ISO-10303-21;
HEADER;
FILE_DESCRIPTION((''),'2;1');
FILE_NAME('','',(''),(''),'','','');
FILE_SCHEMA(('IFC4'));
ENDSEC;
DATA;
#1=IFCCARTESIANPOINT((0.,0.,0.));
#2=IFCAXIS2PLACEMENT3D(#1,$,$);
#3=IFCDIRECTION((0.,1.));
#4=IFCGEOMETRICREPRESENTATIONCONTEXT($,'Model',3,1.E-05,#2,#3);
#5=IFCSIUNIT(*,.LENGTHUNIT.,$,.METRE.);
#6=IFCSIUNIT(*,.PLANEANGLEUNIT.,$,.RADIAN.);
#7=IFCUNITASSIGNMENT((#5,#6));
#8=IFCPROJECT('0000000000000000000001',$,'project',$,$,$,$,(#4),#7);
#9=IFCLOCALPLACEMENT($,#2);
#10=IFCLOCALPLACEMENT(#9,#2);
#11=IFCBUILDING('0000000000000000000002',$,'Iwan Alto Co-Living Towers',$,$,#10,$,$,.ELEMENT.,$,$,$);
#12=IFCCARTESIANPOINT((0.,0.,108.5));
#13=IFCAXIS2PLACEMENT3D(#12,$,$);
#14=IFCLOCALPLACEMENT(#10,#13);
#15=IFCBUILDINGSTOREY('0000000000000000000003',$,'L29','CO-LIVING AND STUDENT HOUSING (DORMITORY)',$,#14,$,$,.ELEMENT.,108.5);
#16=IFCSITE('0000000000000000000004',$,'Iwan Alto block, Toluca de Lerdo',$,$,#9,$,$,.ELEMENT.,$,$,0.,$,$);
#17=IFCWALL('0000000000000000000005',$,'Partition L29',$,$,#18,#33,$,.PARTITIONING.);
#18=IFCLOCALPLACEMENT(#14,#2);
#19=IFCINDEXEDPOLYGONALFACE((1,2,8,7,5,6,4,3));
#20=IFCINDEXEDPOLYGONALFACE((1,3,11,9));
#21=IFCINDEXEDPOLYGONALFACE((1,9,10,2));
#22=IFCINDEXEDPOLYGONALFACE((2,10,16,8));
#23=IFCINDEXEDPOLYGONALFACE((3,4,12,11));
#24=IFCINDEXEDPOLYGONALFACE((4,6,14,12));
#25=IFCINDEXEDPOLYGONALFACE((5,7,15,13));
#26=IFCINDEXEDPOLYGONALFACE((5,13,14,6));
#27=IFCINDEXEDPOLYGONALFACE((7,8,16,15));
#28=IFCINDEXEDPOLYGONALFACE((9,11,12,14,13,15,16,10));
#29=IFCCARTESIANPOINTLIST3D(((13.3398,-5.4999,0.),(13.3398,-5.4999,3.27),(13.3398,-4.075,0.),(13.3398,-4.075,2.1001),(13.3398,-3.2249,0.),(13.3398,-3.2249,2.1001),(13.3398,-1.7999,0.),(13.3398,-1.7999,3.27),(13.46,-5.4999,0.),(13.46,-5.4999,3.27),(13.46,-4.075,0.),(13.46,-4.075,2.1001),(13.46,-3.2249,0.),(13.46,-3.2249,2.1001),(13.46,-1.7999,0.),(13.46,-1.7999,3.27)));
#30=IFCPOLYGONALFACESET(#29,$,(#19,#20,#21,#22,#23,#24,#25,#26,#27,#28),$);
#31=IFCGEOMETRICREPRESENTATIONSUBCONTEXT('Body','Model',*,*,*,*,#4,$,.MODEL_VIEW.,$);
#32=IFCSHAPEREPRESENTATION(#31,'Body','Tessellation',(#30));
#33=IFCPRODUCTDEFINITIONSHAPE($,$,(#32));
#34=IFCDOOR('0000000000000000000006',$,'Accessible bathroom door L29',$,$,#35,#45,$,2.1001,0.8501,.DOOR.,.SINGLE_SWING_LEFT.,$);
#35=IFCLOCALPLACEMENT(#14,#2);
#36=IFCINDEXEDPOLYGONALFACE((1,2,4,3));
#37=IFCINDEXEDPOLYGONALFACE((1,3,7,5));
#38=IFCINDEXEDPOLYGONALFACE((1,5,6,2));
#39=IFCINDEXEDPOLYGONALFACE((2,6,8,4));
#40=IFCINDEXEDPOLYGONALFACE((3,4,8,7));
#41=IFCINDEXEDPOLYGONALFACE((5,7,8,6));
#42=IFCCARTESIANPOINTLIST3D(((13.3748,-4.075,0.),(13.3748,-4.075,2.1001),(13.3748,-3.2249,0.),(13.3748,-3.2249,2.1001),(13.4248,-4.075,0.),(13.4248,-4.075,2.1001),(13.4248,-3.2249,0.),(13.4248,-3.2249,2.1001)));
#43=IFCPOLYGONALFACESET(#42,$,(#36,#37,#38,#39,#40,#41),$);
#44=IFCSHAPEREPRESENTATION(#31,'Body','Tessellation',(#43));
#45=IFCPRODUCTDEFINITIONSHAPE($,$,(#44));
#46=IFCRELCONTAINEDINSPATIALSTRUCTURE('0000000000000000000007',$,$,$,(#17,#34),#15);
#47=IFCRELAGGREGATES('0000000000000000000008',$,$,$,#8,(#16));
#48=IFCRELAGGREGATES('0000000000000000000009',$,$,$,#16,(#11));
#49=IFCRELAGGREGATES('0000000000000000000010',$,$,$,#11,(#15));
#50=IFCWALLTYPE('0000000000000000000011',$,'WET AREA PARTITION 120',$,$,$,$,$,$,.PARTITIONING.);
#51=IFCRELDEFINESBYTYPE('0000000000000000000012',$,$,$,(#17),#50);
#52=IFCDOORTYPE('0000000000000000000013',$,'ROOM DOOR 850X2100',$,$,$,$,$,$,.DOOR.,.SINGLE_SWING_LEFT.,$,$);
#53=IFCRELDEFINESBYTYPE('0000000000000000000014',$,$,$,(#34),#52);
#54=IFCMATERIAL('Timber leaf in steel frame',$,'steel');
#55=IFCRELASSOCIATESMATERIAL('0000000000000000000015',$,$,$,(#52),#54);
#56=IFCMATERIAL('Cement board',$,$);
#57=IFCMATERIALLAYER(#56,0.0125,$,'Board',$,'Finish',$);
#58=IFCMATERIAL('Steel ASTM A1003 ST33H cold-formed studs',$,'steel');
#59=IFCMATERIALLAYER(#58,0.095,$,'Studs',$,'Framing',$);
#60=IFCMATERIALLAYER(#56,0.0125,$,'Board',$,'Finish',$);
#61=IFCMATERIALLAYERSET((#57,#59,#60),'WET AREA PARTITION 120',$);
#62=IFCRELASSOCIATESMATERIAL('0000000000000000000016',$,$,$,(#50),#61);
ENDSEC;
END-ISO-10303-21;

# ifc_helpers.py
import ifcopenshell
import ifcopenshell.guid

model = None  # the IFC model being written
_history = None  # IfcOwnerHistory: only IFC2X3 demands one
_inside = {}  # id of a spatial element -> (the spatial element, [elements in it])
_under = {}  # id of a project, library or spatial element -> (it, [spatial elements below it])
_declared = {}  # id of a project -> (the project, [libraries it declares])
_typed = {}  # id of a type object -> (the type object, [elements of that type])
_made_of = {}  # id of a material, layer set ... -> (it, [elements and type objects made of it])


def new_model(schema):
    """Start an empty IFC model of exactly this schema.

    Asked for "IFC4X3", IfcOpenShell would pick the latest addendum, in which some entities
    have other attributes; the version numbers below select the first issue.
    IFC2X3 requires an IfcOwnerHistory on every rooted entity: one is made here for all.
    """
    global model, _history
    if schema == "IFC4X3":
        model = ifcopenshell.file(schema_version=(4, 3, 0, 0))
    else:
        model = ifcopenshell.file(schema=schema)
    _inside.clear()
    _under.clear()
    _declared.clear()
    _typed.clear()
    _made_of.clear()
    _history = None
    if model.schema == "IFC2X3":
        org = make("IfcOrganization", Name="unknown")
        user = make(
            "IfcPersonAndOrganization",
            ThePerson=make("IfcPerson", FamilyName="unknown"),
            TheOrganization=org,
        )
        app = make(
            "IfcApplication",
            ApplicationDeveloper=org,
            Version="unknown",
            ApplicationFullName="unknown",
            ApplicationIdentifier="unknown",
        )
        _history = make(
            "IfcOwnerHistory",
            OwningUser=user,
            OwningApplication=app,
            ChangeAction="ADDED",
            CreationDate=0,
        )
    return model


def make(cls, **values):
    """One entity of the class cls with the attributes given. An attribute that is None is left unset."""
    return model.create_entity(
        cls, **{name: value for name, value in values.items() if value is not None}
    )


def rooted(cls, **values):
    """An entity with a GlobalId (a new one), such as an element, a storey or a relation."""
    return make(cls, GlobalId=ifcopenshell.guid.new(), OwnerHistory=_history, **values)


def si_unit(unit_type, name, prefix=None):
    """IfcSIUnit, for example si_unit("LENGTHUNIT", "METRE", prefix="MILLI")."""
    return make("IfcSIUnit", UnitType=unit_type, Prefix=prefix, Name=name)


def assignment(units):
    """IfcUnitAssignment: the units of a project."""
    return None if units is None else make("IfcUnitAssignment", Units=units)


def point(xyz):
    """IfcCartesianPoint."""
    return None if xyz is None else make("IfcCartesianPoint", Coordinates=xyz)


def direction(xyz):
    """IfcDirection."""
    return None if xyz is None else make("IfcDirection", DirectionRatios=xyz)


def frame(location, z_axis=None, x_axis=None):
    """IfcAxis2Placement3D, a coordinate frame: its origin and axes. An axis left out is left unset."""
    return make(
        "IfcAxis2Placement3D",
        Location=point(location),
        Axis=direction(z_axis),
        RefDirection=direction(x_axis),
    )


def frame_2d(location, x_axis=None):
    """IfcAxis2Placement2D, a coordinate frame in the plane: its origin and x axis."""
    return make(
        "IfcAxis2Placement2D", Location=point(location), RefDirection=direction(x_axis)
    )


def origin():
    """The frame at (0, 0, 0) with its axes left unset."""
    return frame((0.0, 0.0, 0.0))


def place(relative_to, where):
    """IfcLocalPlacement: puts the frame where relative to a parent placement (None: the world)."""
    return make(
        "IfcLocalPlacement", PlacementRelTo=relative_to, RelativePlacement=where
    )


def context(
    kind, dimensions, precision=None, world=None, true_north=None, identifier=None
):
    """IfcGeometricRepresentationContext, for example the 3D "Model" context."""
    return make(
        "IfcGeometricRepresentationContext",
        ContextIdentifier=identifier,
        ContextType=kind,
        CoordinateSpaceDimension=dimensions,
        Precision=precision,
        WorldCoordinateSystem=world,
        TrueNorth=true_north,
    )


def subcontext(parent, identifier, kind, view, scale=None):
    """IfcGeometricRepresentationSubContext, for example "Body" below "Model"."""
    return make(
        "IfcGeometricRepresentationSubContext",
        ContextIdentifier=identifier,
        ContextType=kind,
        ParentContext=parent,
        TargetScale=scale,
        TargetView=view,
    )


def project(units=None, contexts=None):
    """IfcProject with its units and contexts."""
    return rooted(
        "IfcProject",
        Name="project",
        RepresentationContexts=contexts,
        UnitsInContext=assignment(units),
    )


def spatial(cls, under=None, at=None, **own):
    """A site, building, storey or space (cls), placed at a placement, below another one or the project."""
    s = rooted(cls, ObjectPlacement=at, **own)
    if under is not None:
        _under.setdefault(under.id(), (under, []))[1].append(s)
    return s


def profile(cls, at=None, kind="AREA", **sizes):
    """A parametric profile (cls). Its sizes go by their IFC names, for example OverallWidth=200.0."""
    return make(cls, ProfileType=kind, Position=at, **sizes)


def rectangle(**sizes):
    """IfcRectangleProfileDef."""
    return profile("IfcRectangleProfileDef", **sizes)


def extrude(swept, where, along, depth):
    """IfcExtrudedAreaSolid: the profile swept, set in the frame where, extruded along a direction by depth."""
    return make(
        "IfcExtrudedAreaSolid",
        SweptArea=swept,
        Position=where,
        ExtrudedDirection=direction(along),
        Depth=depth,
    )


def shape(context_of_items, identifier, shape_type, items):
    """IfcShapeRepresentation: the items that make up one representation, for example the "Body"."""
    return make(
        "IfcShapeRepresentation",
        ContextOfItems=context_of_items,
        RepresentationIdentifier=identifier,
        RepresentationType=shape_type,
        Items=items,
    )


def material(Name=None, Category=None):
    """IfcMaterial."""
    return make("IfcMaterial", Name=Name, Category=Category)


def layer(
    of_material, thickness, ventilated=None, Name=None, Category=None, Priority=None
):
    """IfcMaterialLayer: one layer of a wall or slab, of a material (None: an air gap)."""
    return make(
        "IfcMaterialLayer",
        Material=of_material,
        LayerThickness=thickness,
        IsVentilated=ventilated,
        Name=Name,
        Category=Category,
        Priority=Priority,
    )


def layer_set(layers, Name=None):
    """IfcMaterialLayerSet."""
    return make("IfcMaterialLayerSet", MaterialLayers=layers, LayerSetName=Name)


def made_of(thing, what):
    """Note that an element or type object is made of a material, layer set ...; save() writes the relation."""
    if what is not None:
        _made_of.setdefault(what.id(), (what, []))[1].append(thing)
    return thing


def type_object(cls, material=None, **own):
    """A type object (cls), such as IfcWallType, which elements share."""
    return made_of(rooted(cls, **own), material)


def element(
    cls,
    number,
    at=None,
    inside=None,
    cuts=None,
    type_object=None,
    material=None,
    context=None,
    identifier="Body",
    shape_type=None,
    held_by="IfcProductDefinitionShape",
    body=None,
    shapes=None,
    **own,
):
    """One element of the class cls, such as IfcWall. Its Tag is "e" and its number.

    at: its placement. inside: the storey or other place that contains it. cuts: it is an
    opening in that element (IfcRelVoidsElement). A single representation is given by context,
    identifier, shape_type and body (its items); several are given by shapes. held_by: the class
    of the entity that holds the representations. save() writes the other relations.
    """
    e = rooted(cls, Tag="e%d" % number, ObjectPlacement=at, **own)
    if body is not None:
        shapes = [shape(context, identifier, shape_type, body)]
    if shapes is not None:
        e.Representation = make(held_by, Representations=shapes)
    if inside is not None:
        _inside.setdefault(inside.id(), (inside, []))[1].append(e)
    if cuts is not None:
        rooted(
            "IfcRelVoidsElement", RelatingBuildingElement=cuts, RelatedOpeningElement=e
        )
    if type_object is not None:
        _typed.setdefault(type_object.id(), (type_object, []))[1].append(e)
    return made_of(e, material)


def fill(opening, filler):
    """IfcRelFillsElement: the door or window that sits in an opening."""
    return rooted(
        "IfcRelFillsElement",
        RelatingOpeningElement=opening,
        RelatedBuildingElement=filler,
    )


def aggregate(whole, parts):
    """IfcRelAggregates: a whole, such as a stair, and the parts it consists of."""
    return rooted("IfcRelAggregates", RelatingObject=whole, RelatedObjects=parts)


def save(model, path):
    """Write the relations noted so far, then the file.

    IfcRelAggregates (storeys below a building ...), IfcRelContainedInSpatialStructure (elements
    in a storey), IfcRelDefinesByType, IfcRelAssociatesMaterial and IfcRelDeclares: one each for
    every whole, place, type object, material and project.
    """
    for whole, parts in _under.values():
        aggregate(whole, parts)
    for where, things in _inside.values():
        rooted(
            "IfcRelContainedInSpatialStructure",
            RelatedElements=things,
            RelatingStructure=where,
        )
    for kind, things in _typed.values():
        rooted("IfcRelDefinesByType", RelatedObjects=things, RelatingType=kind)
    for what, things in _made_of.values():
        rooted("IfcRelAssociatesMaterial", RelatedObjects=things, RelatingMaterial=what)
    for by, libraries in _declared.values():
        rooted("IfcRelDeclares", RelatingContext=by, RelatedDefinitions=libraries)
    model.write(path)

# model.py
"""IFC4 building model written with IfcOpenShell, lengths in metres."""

from ifc_helpers import new_model, si_unit, direction, frame, frame_2d, origin, place, context, subcontext, project, spatial, rectangle, extrude, material, layer, layer_set, type_object, element, fill, save


model = new_model("IFC4")

# Units and contexts
model_context = context("Model", 3, precision=1e-05, world=origin(), true_north=direction((0.0, 1.0)))
body_context = subcontext(model_context, "Body", "Model", "MODEL_VIEW")
ifc_project = project(units=[si_unit("LENGTHUNIT", "METRE"), si_unit("PLANEANGLEUNIT", "RADIAN")], contexts=[model_context])

# Site, building, storey
site_placement = place(None, origin())
site = spatial("IfcSite", under=ifc_project, at=site_placement, Name="Iwan Alto block, Toluca de Lerdo", CompositionType="ELEMENT", RefElevation=0.0)
building_placement = place(site_placement, origin())
building = spatial("IfcBuilding", under=site, at=building_placement, Name="Iwan Alto Co-Living Towers", CompositionType="ELEMENT")
storey_placement = place(building_placement, frame((0.0, 0.0, 108.5)))
storey = spatial("IfcBuildingStorey", under=building, at=storey_placement, Name="L29", Description="CO-LIVING AND STUDENT HOUSING (DORMITORY)", CompositionType="ELEMENT", Elevation=108.5)

# Shared definitions
ifc_material_1 = material(Name="Steel ASTM A1003 ST33H cold-formed studs", Category="steel")

# Shared definitions
ifc_material_2 = material(Name="Timber leaf in steel frame", Category="steel")
door_type_1 = type_object("IfcDoorType", Name="ROOM DOOR 850X2100", OperationType="SINGLE_SWING_LEFT", PredefinedType="DOOR", material=ifc_material_2)

# Shared definitions
ifc_material_3 = material(Name="Cement board")
ifc_layer_1 = layer(ifc_material_3, 0.0125, Name="Board", Category="Finish")
ifc_layer_2 = layer(ifc_material_1, 0.095, Name="Studs", Category="Framing")
ifc_layer_3 = layer(ifc_material_3, 0.0125, Name="Board", Category="Finish")
ifc_layer_set_1 = layer_set([ifc_layer_1, ifc_layer_2, ifc_layer_3], Name="WET AREA PARTITION 120")
wall_type_1 = type_object("IfcWallType", Name="WET AREA PARTITION 120", PredefinedType="PARTITIONING", material=ifc_layer_set_1)

# Wall, opening, door
wall_1_placement = place(storey_placement, frame((13.3999, -5.5, 0.0), z_axis=(0.0, 0.0, 1.0), x_axis=(0.0, 1.0, 0.0)))
wall_1 = element("IfcWall", 1, at=wall_1_placement, inside=storey, type_object=wall_type_1, Name="Partition L29", PredefinedType="PARTITIONING", context=body_context, shape_type="SweptSolid", body=[
    extrude(rectangle(XDim=3.7, YDim=0.1201, at=frame_2d((1.8501, 0.0))), origin(), (0.0, 0.0, 1.0), 3.27),
])
opening_1_placement = place(wall_1_placement, frame((1.425, 0.0, 0.0)))
opening_1 = element("IfcOpeningElement", 2, at=opening_1_placement, cuts=wall_1, PredefinedType="OPENING", context=body_context, shape_type="SweptSolid", body=[
    extrude(rectangle(XDim=0.8501, YDim=2.1001, at=frame_2d((0.425, 1.05))), frame((0.0, 0.0701, 0.0), z_axis=(0.0, -1.0, 0.0), x_axis=(1.0, 0.0, 0.0)), (0.0, 0.0, 1.0), 0.1401),
])
door_1_placement = place(opening_1_placement, frame((0.8501, 0.0, 0.0), z_axis=(0.0, 0.0, 1.0), x_axis=(-1.0, 0.0, 0.0)))
door_1 = element("IfcDoor", 3, at=door_1_placement, inside=storey, type_object=door_type_1, Name="Accessible bathroom door L29", OperationType="SINGLE_SWING_LEFT", OverallHeight=2.1001, OverallWidth=0.8501, PredefinedType="DOOR", context=body_context, shape_type="SweptSolid", body=[
    extrude(rectangle(XDim=0.8501, YDim=2.1001, at=frame_2d((0.425, 1.05))), frame((0.0, 0.0249, 0.0), z_axis=(0.0, -1.0, 0.0), x_axis=(1.0, 0.0, 0.0)), (0.0, 0.0, 1.0), 0.05),
])
fill(opening_1, door_1)

save(model, "model.ifc")
